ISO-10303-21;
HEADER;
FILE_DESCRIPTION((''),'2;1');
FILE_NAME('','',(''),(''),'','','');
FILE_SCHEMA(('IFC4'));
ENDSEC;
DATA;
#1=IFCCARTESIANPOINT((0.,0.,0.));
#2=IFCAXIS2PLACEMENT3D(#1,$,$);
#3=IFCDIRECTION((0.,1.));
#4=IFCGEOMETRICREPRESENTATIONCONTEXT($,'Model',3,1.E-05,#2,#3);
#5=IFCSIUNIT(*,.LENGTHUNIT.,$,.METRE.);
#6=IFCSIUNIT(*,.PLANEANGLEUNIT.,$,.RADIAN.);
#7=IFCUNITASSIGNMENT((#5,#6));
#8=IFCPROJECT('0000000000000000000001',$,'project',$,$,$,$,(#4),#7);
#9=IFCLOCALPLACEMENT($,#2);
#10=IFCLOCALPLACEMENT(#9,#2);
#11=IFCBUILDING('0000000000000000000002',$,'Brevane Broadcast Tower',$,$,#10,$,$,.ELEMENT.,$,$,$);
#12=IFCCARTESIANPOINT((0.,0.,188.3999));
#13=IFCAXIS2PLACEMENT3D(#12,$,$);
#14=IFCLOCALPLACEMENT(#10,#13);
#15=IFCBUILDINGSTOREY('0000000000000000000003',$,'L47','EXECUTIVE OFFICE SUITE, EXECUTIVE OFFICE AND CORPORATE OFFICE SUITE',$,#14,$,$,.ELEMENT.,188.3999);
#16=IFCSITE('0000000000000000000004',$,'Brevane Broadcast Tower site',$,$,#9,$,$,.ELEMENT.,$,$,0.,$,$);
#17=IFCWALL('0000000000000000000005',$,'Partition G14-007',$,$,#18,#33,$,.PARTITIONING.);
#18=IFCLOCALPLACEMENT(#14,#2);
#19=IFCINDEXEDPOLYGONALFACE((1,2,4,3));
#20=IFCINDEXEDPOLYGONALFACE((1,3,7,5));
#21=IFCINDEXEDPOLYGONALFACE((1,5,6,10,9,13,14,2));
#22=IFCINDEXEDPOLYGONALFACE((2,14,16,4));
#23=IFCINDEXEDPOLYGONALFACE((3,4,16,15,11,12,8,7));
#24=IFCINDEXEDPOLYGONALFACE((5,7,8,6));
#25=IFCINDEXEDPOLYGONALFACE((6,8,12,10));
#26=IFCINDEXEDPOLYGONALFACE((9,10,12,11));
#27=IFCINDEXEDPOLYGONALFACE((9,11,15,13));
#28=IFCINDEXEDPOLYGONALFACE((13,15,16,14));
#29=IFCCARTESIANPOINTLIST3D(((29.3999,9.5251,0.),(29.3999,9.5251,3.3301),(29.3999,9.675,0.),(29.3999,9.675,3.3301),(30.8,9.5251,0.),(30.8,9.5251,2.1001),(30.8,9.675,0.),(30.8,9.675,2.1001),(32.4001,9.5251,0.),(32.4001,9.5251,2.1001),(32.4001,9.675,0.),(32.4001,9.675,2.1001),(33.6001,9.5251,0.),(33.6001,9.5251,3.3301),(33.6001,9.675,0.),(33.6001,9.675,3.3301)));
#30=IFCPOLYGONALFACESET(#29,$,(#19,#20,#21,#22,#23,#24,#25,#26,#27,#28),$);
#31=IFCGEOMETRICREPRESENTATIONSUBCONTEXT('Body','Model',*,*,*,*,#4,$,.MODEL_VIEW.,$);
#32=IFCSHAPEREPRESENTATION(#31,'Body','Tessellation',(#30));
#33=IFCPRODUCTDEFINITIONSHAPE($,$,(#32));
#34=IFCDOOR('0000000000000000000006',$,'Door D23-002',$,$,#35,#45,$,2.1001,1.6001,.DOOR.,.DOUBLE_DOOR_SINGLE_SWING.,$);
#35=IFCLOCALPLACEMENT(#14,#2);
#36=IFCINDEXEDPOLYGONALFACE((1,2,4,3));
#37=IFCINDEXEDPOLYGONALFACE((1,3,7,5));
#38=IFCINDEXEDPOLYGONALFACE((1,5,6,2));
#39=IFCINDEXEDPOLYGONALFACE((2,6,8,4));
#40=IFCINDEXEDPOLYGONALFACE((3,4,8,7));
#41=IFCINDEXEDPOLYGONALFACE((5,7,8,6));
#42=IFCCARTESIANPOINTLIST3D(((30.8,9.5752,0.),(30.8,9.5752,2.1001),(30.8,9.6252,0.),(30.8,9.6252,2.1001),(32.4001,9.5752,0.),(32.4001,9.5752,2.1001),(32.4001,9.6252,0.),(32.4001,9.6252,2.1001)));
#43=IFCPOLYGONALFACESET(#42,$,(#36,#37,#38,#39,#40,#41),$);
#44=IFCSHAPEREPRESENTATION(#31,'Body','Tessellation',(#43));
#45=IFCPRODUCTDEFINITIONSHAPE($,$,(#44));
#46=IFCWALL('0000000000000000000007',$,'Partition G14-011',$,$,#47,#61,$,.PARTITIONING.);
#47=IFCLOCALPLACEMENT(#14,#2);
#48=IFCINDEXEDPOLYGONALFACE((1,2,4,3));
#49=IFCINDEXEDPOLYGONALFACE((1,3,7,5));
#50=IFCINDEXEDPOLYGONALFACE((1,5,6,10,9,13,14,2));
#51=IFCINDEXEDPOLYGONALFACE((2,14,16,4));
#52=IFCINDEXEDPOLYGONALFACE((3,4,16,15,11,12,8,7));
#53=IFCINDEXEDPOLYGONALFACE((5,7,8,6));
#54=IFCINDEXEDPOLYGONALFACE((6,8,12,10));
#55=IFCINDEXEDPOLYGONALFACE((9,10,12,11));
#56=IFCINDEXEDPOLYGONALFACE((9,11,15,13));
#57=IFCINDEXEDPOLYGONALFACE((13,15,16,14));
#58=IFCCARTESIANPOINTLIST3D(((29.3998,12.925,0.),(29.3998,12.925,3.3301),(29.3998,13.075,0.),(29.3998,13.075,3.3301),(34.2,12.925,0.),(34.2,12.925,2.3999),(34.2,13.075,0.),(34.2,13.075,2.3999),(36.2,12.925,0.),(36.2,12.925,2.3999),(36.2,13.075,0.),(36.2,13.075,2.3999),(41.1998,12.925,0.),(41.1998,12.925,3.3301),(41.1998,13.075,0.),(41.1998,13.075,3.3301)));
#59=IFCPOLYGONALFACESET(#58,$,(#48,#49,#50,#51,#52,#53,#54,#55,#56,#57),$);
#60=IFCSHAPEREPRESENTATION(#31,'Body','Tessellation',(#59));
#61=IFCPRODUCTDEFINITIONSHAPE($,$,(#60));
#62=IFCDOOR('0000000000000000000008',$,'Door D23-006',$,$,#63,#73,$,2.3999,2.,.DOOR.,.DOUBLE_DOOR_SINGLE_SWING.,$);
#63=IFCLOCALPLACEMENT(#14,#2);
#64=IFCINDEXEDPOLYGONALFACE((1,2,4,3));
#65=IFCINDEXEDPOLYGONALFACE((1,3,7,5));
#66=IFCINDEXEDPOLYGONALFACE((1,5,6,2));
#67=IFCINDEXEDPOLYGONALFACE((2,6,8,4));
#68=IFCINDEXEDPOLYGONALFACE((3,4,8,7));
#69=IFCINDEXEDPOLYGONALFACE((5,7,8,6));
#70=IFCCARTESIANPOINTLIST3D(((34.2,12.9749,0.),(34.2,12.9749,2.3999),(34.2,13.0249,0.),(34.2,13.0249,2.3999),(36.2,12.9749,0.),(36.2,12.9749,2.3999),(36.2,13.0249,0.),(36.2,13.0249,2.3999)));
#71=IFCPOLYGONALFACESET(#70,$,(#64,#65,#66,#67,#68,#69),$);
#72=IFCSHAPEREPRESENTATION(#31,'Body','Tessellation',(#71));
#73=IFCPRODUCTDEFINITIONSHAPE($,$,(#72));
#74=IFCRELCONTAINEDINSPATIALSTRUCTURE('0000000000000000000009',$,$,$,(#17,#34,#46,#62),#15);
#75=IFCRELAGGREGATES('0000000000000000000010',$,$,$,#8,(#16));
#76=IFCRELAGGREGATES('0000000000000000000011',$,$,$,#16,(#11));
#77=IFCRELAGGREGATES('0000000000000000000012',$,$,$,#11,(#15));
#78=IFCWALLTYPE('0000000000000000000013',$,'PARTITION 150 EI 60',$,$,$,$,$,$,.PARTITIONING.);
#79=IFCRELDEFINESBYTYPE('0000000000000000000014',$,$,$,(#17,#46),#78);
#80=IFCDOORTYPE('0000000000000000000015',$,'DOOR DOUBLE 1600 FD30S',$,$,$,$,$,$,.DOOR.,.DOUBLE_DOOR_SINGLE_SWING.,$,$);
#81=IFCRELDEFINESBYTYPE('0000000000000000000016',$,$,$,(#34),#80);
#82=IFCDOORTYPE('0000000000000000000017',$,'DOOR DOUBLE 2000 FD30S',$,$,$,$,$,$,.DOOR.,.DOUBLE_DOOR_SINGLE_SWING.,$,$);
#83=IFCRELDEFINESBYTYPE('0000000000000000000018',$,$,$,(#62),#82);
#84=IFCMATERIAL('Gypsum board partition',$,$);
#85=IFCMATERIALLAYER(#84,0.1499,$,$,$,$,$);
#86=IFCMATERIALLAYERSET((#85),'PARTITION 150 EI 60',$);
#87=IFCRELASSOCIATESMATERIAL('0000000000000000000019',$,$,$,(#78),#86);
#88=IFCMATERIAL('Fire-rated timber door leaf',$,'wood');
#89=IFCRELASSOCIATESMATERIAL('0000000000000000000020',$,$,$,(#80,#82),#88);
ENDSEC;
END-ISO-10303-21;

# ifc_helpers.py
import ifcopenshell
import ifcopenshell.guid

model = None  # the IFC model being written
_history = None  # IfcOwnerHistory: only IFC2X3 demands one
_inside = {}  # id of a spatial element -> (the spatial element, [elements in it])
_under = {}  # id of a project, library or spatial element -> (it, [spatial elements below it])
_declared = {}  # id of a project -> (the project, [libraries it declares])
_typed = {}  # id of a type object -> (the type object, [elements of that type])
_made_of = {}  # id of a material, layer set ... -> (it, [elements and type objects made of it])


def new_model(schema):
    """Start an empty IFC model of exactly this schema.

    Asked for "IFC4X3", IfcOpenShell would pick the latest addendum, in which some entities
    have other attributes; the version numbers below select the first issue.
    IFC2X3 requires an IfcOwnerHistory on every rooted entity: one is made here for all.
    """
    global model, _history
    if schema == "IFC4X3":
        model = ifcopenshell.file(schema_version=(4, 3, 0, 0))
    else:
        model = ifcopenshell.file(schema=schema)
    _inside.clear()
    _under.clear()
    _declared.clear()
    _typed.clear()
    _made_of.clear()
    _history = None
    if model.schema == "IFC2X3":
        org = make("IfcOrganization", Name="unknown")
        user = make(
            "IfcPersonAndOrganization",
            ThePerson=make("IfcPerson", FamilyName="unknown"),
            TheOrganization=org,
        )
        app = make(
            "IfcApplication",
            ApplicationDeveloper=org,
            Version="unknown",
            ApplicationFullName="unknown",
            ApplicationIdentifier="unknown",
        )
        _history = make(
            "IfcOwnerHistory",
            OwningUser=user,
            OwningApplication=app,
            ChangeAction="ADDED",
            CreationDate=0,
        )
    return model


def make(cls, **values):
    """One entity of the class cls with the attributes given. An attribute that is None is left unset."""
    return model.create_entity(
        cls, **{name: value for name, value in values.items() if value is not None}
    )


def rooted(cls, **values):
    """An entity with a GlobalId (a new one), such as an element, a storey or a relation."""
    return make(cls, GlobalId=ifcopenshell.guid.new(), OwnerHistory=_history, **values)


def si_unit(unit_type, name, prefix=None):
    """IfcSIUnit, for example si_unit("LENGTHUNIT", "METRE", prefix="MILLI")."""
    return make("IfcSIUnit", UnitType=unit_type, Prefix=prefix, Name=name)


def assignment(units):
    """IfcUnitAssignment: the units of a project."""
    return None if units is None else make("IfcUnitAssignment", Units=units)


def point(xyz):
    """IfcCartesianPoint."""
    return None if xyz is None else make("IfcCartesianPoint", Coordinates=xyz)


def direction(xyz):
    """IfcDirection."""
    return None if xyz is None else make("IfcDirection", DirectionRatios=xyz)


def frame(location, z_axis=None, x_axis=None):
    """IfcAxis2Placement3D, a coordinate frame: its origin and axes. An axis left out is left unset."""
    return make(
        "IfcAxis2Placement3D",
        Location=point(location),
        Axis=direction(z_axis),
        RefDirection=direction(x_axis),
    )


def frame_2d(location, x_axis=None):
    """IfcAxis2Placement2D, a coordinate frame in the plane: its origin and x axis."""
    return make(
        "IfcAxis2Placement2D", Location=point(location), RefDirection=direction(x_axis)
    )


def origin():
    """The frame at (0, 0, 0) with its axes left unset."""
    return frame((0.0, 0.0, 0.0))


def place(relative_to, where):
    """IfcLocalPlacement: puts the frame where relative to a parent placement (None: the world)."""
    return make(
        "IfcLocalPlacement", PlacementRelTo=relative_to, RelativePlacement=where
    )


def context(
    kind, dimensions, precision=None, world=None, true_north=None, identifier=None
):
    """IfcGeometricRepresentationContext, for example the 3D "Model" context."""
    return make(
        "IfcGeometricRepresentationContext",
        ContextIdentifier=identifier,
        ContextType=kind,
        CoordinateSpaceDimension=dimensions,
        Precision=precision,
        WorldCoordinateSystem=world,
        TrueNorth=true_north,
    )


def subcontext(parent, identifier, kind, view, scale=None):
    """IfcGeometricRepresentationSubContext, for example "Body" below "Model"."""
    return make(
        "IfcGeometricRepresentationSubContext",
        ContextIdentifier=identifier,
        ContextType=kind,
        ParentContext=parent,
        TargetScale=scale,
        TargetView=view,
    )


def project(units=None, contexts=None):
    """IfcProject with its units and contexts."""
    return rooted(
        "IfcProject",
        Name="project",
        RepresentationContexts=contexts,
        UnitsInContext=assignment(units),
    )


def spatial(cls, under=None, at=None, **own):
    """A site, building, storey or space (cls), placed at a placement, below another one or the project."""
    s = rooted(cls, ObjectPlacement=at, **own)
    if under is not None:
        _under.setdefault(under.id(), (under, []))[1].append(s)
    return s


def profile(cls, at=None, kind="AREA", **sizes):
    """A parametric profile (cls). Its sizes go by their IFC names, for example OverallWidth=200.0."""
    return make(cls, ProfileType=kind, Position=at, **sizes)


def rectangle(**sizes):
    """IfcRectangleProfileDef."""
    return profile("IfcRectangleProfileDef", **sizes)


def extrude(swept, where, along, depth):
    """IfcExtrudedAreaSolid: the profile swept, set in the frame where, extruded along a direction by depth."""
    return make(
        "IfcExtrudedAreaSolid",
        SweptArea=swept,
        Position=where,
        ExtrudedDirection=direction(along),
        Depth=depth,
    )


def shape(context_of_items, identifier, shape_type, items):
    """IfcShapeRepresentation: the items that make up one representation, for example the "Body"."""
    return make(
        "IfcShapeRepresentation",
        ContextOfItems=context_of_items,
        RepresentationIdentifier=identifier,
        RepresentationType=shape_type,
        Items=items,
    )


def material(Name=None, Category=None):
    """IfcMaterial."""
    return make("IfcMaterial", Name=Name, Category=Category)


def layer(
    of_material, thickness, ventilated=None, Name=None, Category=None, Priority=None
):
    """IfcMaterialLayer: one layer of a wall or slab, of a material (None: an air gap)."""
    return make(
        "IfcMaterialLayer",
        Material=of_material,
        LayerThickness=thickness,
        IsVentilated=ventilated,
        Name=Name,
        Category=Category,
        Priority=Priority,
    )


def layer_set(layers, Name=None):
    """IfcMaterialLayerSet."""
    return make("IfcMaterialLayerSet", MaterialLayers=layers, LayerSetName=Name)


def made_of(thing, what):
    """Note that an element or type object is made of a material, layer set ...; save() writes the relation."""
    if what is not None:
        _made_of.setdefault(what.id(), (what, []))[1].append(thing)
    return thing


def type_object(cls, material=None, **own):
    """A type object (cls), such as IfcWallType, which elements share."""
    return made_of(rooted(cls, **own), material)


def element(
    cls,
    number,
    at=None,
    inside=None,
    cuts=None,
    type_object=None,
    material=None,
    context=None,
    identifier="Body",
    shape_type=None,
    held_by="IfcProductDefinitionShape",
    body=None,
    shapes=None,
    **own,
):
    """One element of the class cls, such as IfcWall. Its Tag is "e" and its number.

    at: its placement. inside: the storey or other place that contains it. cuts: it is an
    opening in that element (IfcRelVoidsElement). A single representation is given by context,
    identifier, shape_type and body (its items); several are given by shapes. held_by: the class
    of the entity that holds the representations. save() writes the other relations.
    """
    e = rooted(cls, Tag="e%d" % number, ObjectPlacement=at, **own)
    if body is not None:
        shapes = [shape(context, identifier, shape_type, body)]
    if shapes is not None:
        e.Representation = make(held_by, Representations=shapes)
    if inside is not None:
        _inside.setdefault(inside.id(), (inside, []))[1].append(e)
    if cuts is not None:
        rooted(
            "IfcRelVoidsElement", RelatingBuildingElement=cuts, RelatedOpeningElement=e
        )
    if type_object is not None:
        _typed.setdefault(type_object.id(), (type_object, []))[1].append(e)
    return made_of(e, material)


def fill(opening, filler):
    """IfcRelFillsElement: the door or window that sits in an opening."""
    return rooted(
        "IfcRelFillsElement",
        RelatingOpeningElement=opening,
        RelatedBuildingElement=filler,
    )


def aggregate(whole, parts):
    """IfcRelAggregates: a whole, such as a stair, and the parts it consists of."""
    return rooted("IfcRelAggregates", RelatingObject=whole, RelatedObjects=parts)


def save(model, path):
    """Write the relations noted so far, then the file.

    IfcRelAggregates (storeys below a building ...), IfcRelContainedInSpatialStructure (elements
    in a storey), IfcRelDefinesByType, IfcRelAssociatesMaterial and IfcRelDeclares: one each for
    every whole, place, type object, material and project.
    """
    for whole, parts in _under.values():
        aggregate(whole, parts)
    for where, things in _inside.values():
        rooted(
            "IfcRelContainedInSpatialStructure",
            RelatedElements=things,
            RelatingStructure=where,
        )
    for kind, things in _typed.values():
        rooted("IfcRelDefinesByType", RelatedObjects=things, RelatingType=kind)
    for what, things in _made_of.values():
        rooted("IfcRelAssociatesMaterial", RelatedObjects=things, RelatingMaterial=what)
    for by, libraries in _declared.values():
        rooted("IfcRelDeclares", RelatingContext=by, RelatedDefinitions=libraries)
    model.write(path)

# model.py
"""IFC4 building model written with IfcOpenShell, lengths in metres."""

from ifc_helpers import new_model, si_unit, direction, frame, frame_2d, origin, place, context, subcontext, project, spatial, rectangle, extrude, material, layer, layer_set, type_object, element, fill, save


model = new_model("IFC4")

# Units and contexts
model_context = context("Model", 3, precision=1e-05, world=origin(), true_north=direction((0.0, 1.0)))
body_context = subcontext(model_context, "Body", "Model", "MODEL_VIEW")
ifc_project = project(units=[si_unit("LENGTHUNIT", "METRE"), si_unit("PLANEANGLEUNIT", "RADIAN")], contexts=[model_context])

# Site, building, storey
site_placement = place(None, origin())
site = spatial("IfcSite", under=ifc_project, at=site_placement, Name="Brevane Broadcast Tower site", CompositionType="ELEMENT", RefElevation=0.0)
building_placement = place(site_placement, origin())
building = spatial("IfcBuilding", under=site, at=building_placement, Name="Brevane Broadcast Tower", CompositionType="ELEMENT")
storey_placement = place(building_placement, frame((0.0, 0.0, 188.3999)))
storey = spatial("IfcBuildingStorey", under=building, at=storey_placement, Name="L47", Description="EXECUTIVE OFFICE SUITE, EXECUTIVE OFFICE AND CORPORATE OFFICE SUITE", CompositionType="ELEMENT", Elevation=188.3999)

# Shared definitions
ifc_material_1 = material(Name="Gypsum board partition")
ifc_layer_1 = layer(ifc_material_1, 0.1499)
ifc_layer_set_1 = layer_set([ifc_layer_1], Name="PARTITION 150 EI 60")
wall_type_1 = type_object("IfcWallType", Name="PARTITION 150 EI 60", PredefinedType="PARTITIONING", material=ifc_layer_set_1)

# Walls, openings, doors
wall_1_placement = place(storey_placement, frame((33.6001, 9.6001, 0.0), z_axis=(0.0, 0.0, 1.0), x_axis=(-1.0, 0.0, 0.0)))
wall_1 = element("IfcWall", 1, at=wall_1_placement, inside=storey, type_object=wall_type_1, Name="Partition G14-007", PredefinedType="PARTITIONING", context=body_context, shape_type="SweptSolid", body=[
    extrude(rectangle(XDim=4.2002, YDim=0.1499, at=frame_2d((2.1001, 0.0))), origin(), (0.0, 0.0, 1.0), 3.3301),
])
opening_1_placement = place(wall_1_placement, frame((1.2, 0.0, 0.0)))
opening_1 = element("IfcOpeningElement", 2, at=opening_1_placement, cuts=wall_1, PredefinedType="OPENING", context=body_context, shape_type="SweptSolid", body=[
    extrude(rectangle(XDim=1.6001, YDim=2.1001, at=frame_2d((0.8, 1.05))), frame((0.0, 0.085, 0.0), z_axis=(0.0, -1.0, 0.0), x_axis=(1.0, 0.0, 0.0)), (0.0, 0.0, 1.0), 0.1699),
])
ifc_material_2 = material(Name="Fire-rated timber door leaf", Category="wood")
door_type_1 = type_object("IfcDoorType", Name="DOOR DOUBLE 1600 FD30S", OperationType="DOUBLE_DOOR_SINGLE_SWING", PredefinedType="DOOR", material=ifc_material_2)
door_1_placement = place(opening_1_placement, origin())
door_1 = element("IfcDoor", 3, at=door_1_placement, inside=storey, type_object=door_type_1, Name="Door D23-002", OperationType="DOUBLE_DOOR_SINGLE_SWING", OverallHeight=2.1001, OverallWidth=1.6001, PredefinedType="DOOR", context=body_context, shape_type="SweptSolid", body=[
    extrude(rectangle(XDim=1.6001, YDim=2.1001, at=frame_2d((0.8, 1.05))), frame((0.0, 0.0249, 0.0), z_axis=(0.0, -1.0, 0.0), x_axis=(1.0, 0.0, 0.0)), (0.0, 0.0, 1.0), 0.05),
])
fill(opening_1, door_1)
wall_2_placement = place(storey_placement, frame((29.3999, 13.0, 0.0), z_axis=(0.0, 0.0, 1.0), x_axis=(1.0, 0.0, 0.0)))
wall_2 = element("IfcWall", 4, at=wall_2_placement, inside=storey, type_object=wall_type_1, Name="Partition G14-011", PredefinedType="PARTITIONING", context=body_context, shape_type="SweptSolid", body=[
    extrude(rectangle(XDim=11.8, YDim=0.1499, at=frame_2d((5.8999, 0.0))), origin(), (0.0, 0.0, 1.0), 3.3301),
])
opening_2_placement = place(wall_2_placement, frame((4.8, 0.0, 0.0)))
opening_2 = element("IfcOpeningElement", 5, at=opening_2_placement, cuts=wall_2, PredefinedType="OPENING", context=body_context, shape_type="SweptSolid", body=[
    extrude(rectangle(XDim=2.0, YDim=2.3999, at=frame_2d((1.0, 1.2))), frame((0.0, 0.085, 0.0), z_axis=(0.0, -1.0, 0.0), x_axis=(1.0, 0.0, 0.0)), (0.0, 0.0, 1.0), 0.1699),
])
door_type_2 = type_object("IfcDoorType", Name="DOOR DOUBLE 2000 FD30S", OperationType="DOUBLE_DOOR_SINGLE_SWING", PredefinedType="DOOR", material=ifc_material_2)
door_2_placement = place(opening_2_placement, origin())
door_2 = element("IfcDoor", 6, at=door_2_placement, inside=storey, type_object=door_type_2, Name="Door D23-006", OperationType="DOUBLE_DOOR_SINGLE_SWING", OverallHeight=2.3999, OverallWidth=2.0, PredefinedType="DOOR", context=body_context, shape_type="SweptSolid", body=[
    extrude(rectangle(XDim=2.0, YDim=2.3999, at=frame_2d((1.0, 1.2))), frame((0.0, 0.0249, 0.0), z_axis=(0.0, -1.0, 0.0), x_axis=(1.0, 0.0, 0.0)), (0.0, 0.0, 1.0), 0.05),
])
fill(opening_2, door_2)

save(model, "model.ifc")
